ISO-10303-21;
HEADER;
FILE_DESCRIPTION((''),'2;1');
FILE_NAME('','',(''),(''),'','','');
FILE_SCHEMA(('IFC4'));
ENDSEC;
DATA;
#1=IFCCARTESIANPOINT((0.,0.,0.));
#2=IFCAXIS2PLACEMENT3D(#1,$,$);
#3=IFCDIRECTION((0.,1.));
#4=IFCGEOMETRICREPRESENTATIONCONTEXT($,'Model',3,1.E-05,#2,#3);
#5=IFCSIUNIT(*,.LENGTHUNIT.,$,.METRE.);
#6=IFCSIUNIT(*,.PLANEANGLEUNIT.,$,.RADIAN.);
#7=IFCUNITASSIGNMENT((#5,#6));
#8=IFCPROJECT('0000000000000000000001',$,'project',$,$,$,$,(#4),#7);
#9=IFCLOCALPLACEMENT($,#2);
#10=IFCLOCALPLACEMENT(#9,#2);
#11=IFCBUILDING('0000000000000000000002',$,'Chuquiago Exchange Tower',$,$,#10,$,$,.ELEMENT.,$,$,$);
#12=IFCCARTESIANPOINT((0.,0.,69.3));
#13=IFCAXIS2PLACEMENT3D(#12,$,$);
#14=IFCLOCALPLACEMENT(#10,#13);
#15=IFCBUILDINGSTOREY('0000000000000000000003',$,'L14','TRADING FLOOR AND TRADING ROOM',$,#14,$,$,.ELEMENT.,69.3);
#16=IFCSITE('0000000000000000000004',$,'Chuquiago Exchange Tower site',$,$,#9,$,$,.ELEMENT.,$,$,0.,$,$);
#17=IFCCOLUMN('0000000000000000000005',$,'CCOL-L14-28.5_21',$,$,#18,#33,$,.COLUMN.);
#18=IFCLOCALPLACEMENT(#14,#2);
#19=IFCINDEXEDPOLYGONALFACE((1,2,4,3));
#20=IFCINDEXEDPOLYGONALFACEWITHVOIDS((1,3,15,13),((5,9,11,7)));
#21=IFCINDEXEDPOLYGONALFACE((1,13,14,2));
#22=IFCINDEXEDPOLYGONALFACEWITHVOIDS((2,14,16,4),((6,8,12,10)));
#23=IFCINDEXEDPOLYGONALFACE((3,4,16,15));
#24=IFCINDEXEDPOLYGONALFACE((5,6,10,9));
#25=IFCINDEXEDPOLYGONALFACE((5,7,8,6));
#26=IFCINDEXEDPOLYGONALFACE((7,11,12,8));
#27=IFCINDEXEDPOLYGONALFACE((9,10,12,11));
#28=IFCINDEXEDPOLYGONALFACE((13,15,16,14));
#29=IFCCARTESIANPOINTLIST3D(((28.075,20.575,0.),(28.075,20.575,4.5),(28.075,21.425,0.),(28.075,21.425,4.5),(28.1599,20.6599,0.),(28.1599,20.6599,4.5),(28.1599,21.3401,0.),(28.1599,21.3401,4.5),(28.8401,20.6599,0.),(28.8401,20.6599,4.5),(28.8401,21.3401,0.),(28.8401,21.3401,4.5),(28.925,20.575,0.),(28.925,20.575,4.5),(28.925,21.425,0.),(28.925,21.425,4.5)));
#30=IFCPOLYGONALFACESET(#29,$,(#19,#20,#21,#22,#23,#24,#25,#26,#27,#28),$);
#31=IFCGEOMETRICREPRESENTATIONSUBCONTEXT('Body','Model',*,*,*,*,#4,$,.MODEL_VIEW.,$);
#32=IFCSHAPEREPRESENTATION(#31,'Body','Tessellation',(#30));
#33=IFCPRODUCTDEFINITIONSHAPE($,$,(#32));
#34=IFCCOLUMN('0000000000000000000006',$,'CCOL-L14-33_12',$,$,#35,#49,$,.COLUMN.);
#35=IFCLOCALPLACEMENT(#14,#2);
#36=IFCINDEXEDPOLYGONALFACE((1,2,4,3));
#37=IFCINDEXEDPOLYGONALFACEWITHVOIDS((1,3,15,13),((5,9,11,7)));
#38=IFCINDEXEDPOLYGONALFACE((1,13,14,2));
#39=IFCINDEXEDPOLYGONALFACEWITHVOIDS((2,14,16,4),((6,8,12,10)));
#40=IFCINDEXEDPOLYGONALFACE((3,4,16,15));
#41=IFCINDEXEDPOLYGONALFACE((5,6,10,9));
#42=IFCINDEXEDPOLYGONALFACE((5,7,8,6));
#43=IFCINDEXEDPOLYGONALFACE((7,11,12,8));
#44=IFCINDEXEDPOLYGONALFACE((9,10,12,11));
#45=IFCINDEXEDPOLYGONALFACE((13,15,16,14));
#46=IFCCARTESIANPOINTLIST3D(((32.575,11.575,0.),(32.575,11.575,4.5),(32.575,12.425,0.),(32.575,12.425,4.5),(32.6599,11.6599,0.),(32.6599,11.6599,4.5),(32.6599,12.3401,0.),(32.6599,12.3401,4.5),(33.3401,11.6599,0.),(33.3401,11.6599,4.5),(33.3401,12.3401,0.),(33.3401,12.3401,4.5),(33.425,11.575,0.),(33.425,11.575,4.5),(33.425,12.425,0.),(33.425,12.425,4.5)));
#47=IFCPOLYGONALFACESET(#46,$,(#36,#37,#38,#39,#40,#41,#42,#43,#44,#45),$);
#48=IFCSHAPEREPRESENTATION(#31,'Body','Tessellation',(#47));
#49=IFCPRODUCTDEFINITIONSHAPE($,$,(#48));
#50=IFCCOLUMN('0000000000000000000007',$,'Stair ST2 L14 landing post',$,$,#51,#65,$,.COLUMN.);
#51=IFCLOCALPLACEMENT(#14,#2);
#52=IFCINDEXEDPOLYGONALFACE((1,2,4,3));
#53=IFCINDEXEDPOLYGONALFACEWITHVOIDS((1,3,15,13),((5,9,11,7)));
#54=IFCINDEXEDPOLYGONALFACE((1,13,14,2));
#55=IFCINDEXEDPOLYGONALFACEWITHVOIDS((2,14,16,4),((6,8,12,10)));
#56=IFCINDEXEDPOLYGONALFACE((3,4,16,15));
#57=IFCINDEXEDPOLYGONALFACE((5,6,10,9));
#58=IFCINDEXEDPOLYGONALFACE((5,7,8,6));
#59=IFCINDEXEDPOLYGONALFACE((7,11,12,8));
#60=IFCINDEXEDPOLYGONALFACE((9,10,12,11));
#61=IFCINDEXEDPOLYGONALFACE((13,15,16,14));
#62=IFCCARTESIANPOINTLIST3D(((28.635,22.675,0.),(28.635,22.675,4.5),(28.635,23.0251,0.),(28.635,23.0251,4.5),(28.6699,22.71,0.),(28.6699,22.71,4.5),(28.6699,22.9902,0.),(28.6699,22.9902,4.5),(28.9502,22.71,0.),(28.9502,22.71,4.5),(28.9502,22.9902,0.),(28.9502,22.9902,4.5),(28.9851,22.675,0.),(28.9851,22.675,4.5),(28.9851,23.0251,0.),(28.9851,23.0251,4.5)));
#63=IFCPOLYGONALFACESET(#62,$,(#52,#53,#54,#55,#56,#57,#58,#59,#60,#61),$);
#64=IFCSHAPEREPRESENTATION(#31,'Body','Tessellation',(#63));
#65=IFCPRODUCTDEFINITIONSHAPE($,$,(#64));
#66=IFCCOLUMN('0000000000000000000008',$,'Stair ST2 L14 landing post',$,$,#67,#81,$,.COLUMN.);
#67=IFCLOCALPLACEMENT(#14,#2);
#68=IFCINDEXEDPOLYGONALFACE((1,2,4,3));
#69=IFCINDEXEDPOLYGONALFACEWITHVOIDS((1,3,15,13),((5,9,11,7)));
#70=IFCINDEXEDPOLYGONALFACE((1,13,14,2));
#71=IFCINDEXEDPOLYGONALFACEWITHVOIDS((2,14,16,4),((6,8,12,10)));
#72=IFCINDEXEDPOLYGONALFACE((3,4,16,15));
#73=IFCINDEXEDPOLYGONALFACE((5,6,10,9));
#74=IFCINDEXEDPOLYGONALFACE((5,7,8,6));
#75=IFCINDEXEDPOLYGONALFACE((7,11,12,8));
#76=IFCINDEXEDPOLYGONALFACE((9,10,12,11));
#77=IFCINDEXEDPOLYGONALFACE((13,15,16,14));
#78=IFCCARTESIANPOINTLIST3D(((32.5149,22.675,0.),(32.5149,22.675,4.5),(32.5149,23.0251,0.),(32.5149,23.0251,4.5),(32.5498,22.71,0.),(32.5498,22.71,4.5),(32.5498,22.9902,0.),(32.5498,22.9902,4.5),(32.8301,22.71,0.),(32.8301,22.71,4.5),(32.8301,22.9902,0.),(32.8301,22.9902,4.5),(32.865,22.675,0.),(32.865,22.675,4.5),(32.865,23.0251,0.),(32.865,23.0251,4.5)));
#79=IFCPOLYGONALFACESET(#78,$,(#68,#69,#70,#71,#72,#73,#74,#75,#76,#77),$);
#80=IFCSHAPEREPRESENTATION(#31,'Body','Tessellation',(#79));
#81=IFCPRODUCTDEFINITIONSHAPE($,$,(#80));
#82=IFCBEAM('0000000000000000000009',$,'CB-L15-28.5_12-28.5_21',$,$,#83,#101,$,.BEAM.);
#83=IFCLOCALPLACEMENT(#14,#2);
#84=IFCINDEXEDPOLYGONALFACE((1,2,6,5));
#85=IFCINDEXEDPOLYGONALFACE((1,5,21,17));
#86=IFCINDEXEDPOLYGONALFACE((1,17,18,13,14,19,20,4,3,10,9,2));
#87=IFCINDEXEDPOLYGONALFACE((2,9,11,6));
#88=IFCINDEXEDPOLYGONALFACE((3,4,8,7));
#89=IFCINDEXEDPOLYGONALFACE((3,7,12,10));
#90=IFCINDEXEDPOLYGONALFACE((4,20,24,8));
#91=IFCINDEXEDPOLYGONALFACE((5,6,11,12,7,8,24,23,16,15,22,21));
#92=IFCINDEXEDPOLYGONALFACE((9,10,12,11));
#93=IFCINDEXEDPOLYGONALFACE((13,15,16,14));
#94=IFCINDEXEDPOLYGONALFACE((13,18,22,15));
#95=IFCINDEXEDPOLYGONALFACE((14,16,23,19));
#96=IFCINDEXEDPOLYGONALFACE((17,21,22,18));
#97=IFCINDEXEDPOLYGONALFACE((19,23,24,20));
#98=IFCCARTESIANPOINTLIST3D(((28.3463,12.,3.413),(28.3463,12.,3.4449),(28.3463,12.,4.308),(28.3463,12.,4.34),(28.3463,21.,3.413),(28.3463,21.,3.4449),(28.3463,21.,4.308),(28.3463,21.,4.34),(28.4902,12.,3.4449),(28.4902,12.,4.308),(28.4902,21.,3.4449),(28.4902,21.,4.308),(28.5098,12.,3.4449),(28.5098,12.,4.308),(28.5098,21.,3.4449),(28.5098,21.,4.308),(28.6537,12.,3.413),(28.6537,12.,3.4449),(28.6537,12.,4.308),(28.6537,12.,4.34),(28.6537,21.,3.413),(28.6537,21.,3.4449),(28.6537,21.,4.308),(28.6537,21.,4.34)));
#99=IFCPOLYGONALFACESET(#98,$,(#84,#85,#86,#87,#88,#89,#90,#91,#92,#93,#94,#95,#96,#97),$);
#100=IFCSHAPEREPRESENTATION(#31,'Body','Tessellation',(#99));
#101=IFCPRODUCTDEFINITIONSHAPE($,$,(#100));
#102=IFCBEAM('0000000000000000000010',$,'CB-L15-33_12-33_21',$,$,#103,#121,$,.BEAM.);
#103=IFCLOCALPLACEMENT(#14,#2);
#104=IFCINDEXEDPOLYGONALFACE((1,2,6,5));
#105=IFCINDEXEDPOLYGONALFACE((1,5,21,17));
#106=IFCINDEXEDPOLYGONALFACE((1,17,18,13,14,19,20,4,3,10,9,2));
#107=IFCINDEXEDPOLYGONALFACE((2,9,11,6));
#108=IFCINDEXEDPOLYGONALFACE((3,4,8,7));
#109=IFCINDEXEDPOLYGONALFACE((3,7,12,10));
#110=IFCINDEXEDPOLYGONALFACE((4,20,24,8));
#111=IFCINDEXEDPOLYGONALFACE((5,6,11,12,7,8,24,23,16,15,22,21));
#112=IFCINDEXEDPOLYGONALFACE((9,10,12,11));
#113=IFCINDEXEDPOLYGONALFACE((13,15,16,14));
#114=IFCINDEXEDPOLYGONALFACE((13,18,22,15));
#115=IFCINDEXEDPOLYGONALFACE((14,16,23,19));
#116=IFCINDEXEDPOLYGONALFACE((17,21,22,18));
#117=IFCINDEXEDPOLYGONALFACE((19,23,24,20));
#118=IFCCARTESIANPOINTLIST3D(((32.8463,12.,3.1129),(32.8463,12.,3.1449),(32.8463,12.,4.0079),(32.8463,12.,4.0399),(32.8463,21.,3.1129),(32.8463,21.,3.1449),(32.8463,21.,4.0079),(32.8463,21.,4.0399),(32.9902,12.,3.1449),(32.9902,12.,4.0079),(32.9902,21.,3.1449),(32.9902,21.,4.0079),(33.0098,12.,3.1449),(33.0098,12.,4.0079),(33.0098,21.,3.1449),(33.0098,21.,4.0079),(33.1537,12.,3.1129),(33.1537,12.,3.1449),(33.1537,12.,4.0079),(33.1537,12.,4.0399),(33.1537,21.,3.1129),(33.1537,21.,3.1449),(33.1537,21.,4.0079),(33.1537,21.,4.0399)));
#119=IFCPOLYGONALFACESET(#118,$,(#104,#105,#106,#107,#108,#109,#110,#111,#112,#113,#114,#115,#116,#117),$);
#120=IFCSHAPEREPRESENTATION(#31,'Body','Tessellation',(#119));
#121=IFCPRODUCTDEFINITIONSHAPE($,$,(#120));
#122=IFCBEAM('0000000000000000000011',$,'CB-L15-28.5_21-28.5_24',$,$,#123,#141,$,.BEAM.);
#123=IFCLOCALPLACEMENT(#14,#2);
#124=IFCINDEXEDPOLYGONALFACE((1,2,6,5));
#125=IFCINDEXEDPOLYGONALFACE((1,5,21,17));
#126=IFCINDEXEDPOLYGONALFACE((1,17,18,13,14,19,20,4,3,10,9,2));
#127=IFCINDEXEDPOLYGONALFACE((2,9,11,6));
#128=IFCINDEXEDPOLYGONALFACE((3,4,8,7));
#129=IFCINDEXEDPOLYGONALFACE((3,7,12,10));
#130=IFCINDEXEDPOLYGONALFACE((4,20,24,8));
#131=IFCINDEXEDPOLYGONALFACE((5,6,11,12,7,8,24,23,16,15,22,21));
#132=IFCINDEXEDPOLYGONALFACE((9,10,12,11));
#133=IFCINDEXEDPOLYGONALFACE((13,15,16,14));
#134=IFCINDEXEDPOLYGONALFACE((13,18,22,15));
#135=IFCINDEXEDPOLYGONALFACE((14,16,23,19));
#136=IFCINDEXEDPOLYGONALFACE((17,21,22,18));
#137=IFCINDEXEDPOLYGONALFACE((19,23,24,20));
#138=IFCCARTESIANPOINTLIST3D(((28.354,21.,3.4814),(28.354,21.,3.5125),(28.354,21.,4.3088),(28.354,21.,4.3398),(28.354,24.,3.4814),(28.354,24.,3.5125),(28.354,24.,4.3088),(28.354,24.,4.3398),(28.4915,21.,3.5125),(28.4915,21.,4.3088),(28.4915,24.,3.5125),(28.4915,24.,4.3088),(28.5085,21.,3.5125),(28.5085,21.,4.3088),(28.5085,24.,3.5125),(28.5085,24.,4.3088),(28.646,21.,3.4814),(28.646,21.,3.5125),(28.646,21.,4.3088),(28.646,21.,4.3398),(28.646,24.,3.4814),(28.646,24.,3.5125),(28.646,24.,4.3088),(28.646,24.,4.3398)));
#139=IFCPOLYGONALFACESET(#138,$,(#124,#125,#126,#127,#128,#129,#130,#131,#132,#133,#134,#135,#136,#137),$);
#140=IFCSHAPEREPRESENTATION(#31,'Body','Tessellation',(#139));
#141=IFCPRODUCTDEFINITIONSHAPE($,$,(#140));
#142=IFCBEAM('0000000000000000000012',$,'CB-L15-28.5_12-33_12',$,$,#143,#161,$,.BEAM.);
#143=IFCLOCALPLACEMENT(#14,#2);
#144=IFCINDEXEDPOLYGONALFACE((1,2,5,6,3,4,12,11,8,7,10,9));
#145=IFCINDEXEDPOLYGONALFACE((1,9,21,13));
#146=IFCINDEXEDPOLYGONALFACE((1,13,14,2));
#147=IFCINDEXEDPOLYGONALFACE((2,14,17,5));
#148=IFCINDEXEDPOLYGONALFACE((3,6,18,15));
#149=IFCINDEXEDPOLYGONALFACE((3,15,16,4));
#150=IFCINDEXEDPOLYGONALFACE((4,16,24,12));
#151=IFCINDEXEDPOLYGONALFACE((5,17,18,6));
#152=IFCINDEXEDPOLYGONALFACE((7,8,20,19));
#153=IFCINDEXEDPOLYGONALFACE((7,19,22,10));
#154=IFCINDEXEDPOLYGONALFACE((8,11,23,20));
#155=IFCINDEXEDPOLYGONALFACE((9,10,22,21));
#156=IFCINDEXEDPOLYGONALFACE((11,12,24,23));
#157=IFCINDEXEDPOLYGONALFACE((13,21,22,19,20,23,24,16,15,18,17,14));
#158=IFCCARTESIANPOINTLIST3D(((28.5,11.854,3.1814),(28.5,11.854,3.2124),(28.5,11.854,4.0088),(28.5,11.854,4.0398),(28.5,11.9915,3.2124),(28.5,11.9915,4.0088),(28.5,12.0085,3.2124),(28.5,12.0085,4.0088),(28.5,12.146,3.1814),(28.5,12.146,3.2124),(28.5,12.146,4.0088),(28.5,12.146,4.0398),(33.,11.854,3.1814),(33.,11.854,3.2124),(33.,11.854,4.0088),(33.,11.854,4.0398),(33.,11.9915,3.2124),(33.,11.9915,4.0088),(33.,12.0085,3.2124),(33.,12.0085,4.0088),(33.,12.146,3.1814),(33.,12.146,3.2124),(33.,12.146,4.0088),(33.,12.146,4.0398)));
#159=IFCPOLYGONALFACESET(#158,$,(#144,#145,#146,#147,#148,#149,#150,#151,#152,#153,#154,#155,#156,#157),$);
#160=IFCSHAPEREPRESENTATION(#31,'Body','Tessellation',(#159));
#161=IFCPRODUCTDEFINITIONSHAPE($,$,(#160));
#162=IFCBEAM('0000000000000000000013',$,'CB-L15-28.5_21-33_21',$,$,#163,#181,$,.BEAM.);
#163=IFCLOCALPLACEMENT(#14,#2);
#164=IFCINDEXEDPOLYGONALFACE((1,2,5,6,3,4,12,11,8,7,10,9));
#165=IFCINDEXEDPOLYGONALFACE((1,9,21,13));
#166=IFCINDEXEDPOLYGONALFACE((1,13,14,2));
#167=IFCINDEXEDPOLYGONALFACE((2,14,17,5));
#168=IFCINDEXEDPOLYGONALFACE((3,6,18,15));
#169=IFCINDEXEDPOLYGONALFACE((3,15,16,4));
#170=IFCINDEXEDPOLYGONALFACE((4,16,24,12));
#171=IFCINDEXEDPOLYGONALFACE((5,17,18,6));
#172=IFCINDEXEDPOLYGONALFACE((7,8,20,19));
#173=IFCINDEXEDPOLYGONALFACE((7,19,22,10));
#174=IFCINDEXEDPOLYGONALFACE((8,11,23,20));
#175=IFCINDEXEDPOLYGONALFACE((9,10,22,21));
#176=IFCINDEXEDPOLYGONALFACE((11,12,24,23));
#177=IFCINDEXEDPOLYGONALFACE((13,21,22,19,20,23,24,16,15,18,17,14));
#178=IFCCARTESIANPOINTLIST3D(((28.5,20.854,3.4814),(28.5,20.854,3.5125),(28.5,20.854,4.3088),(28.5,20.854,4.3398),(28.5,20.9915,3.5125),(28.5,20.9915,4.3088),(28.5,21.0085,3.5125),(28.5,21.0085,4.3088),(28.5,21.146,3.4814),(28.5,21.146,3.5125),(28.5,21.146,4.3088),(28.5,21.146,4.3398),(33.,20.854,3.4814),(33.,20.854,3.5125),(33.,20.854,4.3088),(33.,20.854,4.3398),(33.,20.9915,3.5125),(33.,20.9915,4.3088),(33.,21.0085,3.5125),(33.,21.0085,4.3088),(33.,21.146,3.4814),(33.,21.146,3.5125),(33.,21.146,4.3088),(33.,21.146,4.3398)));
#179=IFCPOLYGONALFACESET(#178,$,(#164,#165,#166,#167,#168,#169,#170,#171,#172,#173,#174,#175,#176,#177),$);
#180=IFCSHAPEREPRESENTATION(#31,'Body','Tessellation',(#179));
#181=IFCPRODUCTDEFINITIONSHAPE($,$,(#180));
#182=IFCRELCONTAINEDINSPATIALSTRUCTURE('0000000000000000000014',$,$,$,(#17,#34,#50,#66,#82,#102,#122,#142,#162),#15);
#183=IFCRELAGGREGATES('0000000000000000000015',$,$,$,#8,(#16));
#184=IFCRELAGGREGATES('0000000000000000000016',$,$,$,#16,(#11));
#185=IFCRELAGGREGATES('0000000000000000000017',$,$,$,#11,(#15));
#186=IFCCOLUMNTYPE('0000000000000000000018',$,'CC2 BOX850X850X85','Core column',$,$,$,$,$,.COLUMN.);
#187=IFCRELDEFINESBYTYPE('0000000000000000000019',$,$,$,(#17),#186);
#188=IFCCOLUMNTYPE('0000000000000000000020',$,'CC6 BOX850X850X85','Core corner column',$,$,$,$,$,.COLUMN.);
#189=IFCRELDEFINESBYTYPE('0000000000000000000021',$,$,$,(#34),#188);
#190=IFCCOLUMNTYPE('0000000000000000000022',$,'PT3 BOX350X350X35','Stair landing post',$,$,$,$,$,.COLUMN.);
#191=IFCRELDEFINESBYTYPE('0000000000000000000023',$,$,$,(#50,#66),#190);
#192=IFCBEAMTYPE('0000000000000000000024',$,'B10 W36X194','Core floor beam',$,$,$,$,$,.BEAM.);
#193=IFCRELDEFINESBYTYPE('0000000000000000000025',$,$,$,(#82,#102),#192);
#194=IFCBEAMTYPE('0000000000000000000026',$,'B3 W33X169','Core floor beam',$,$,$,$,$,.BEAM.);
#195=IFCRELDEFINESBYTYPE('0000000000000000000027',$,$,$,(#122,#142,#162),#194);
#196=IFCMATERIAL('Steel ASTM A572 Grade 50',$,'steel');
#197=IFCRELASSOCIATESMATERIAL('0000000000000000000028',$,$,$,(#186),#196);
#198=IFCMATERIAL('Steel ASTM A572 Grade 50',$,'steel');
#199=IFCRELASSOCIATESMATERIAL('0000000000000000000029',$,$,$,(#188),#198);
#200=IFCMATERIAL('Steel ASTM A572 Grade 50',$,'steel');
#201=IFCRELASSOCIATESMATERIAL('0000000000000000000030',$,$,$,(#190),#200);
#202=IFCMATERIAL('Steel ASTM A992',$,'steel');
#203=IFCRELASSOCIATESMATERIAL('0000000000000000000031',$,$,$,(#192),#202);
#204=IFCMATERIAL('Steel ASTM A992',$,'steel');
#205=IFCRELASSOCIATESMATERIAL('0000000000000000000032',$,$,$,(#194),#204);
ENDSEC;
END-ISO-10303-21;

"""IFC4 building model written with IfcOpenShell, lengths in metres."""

from ifc_helpers import new_model, si_unit, direction, frame, origin, origin_2d, place, context, subcontext, project, spatial, hollow_rectangle, i_section, extrude, material, material_profile, profile_set, type_object, element, save


model = new_model("IFC4")

# Units and contexts
model_context = context("Model", 3, precision=1e-05, world=origin(), true_north=direction((0.0, 1.0)))
body_context = subcontext(model_context, "Body", "Model", "MODEL_VIEW")
ifc_project = project(units=[si_unit("LENGTHUNIT", "METRE"), si_unit("PLANEANGLEUNIT", "RADIAN")], contexts=[model_context])

# Site, building, storey
site_placement = place(None, origin())
site = spatial("IfcSite", under=ifc_project, at=site_placement, Name="Chuquiago Exchange Tower site", CompositionType="ELEMENT", RefElevation=0.0)
building_placement = place(site_placement, origin())
building = spatial("IfcBuilding", under=site, at=building_placement, Name="Chuquiago Exchange Tower", CompositionType="ELEMENT")
storey_placement = place(building_placement, frame((0.0, 0.0, 69.3)))
storey = spatial("IfcBuildingStorey", under=building, at=storey_placement, Name="L14", Description="TRADING FLOOR AND TRADING ROOM", CompositionType="ELEMENT", Elevation=69.3)

# Columns
ifc_material_1 = material(Name="Steel ASTM A572 Grade 50", Category="steel")
ifc_material_profile_1 = material_profile(ifc_material_1, hollow_rectangle(XDim=0.8501, YDim=0.8501, WallThickness=0.085, at=origin_2d()), Name="BOX850X850X85")
ifc_profile_set_1 = profile_set([ifc_material_profile_1], Name="Steel ASTM A572 Grade 50")
column_type_1 = type_object("IfcColumnType", Name="CC2 BOX850X850X85", Description="Core column", PredefinedType="COLUMN", material=ifc_profile_set_1)
column_1_placement = place(storey_placement, frame((28.5, 21.0, 0.0), z_axis=(0.0, 0.0, 1.0), x_axis=(1.0, 0.0, 0.0)))
element("IfcColumn", 1, at=column_1_placement, inside=storey, type_object=column_type_1, Name="CCOL-L14-28.5_21", PredefinedType="COLUMN", context=body_context, shape_type="SweptSolid", body=[
    extrude(hollow_rectangle(XDim=0.8501, YDim=0.8501, WallThickness=0.085, at=origin_2d()), origin(), (0.0, 0.0, 1.0), 4.5),
])
ifc_material_2 = material(Name="Steel ASTM A572 Grade 50", Category="steel")
ifc_material_profile_2 = material_profile(ifc_material_2, hollow_rectangle(XDim=0.8501, YDim=0.8501, WallThickness=0.085, at=origin_2d()), Name="BOX850X850X85")
ifc_profile_set_2 = profile_set([ifc_material_profile_2], Name="Steel ASTM A572 Grade 50")
column_type_2 = type_object("IfcColumnType", Name="CC6 BOX850X850X85", Description="Core corner column", PredefinedType="COLUMN", material=ifc_profile_set_2)
column_2_placement = place(storey_placement, frame((33.0, 12.0, 0.0), z_axis=(0.0, 0.0, 1.0), x_axis=(1.0, 0.0, 0.0)))
element("IfcColumn", 2, at=column_2_placement, inside=storey, type_object=column_type_2, Name="CCOL-L14-33_12", PredefinedType="COLUMN", context=body_context, shape_type="SweptSolid", body=[
    extrude(hollow_rectangle(XDim=0.8501, YDim=0.8501, WallThickness=0.085, at=origin_2d()), origin(), (0.0, 0.0, 1.0), 4.5),
])
ifc_material_3 = material(Name="Steel ASTM A572 Grade 50", Category="steel")
ifc_material_profile_3 = material_profile(ifc_material_3, hollow_rectangle(XDim=0.3501, YDim=0.3501, WallThickness=0.0349, at=origin_2d()), Name="BOX350X350X35")
ifc_profile_set_3 = profile_set([ifc_material_profile_3], Name="Steel ASTM A572 Grade 50")
column_type_3 = type_object("IfcColumnType", Name="PT3 BOX350X350X35", Description="Stair landing post", PredefinedType="COLUMN", material=ifc_profile_set_3)
for number, where, z_axis, x_axis, name in (
    (3, (28.8101, 22.8501, 0.0), (0.0, 0.0, 1.0), (1.0, 0.0, 0.0), "Stair ST2 L14 landing post"),
    (4, (32.6899, 22.8501, 0.0), (0.0, 0.0, 1.0), (1.0, 0.0, 0.0), "Stair ST2 L14 landing post"),
):
    element("IfcColumn", number, at=place(storey_placement, frame(where, z_axis=z_axis, x_axis=x_axis)), inside=storey, type_object=column_type_3, Name=name, PredefinedType="COLUMN", context=body_context, shape_type="SweptSolid", body=[
        extrude(hollow_rectangle(XDim=0.3501, YDim=0.3501, WallThickness=0.0349, at=origin_2d()), origin(), (0.0, 0.0, 1.0), 4.5),
    ])

# Beams
ifc_material_4 = material(Name="Steel ASTM A992", Category="steel")
ifc_material_profile_4 = material_profile(ifc_material_4, i_section(OverallWidth=0.3074, OverallDepth=0.927, WebThickness=0.0195, FlangeThickness=0.032, at=origin_2d()), Name="W36X194")
ifc_profile_set_4 = profile_set([ifc_material_profile_4], Name="Steel ASTM A992")
beam_type_1 = type_object("IfcBeamType", Name="B10 W36X194", Description="Core floor beam", PredefinedType="BEAM", material=ifc_profile_set_4)
for number, where, z_axis, x_axis, name in (
    (5, (28.5, 12.0, 3.8765), (0.0, 1.0, 0.0), (-1.0, 0.0, 0.0), "CB-L15-28.5_12-28.5_21"),
    (6, (33.0, 12.0, 3.5764), (0.0, 1.0, 0.0), (-1.0, 0.0, 0.0), "CB-L15-33_12-33_21"),
):
    element("IfcBeam", number, at=place(storey_placement, frame(where, z_axis=z_axis, x_axis=x_axis)), inside=storey, type_object=beam_type_1, Name=name, PredefinedType="BEAM", context=body_context, shape_type="SweptSolid", body=[
        extrude(i_section(OverallWidth=0.3074, OverallDepth=0.927, WebThickness=0.0195, FlangeThickness=0.032, at=origin_2d()), origin(), (0.0, 0.0, 1.0), 9.0),
    ])
ifc_material_5 = material(Name="Steel ASTM A992", Category="steel")
ifc_material_profile_5 = material_profile(ifc_material_5, i_section(OverallWidth=0.292, OverallDepth=0.8584, WebThickness=0.0171, FlangeThickness=0.031, at=origin_2d()), Name="W33X169")
ifc_profile_set_5 = profile_set([ifc_material_profile_5], Name="Steel ASTM A992")
beam_type_2 = type_object("IfcBeamType", Name="B3 W33X169", Description="Core floor beam", PredefinedType="BEAM", material=ifc_profile_set_5)
beam_1_placement = place(storey_placement, frame((28.5, 21.0, 3.9106), z_axis=(0.0, 1.0, 0.0), x_axis=(-1.0, 0.0, 0.0)))
element("IfcBeam", 7, at=beam_1_placement, inside=storey, type_object=beam_type_2, Name="CB-L15-28.5_21-28.5_24", PredefinedType="BEAM", context=body_context, shape_type="SweptSolid", body=[
    extrude(i_section(OverallWidth=0.292, OverallDepth=0.8584, WebThickness=0.0171, FlangeThickness=0.031, at=origin_2d()), origin(), (0.0, 0.0, 1.0), 3.0),
])
for number, where, z_axis, x_axis, name in (
    (8, (28.5, 12.0, 3.6106), (1.0, 0.0, 0.0), (0.0, 1.0, 0.0), "CB-L15-28.5_12-33_12"),
    (9, (28.5, 21.0, 3.9106), (1.0, 0.0, 0.0), (0.0, 1.0, 0.0), "CB-L15-28.5_21-33_21"),
):
    element("IfcBeam", number, at=place(storey_placement, frame(where, z_axis=z_axis, x_axis=x_axis)), inside=storey, type_object=beam_type_2, Name=name, PredefinedType="BEAM", context=body_context, shape_type="SweptSolid", body=[
        extrude(i_section(OverallWidth=0.292, OverallDepth=0.8584, WebThickness=0.0171, FlangeThickness=0.031, at=origin_2d()), origin(), (0.0, 0.0, 1.0), 4.5),
    ])

save(model, "model.ifc")
